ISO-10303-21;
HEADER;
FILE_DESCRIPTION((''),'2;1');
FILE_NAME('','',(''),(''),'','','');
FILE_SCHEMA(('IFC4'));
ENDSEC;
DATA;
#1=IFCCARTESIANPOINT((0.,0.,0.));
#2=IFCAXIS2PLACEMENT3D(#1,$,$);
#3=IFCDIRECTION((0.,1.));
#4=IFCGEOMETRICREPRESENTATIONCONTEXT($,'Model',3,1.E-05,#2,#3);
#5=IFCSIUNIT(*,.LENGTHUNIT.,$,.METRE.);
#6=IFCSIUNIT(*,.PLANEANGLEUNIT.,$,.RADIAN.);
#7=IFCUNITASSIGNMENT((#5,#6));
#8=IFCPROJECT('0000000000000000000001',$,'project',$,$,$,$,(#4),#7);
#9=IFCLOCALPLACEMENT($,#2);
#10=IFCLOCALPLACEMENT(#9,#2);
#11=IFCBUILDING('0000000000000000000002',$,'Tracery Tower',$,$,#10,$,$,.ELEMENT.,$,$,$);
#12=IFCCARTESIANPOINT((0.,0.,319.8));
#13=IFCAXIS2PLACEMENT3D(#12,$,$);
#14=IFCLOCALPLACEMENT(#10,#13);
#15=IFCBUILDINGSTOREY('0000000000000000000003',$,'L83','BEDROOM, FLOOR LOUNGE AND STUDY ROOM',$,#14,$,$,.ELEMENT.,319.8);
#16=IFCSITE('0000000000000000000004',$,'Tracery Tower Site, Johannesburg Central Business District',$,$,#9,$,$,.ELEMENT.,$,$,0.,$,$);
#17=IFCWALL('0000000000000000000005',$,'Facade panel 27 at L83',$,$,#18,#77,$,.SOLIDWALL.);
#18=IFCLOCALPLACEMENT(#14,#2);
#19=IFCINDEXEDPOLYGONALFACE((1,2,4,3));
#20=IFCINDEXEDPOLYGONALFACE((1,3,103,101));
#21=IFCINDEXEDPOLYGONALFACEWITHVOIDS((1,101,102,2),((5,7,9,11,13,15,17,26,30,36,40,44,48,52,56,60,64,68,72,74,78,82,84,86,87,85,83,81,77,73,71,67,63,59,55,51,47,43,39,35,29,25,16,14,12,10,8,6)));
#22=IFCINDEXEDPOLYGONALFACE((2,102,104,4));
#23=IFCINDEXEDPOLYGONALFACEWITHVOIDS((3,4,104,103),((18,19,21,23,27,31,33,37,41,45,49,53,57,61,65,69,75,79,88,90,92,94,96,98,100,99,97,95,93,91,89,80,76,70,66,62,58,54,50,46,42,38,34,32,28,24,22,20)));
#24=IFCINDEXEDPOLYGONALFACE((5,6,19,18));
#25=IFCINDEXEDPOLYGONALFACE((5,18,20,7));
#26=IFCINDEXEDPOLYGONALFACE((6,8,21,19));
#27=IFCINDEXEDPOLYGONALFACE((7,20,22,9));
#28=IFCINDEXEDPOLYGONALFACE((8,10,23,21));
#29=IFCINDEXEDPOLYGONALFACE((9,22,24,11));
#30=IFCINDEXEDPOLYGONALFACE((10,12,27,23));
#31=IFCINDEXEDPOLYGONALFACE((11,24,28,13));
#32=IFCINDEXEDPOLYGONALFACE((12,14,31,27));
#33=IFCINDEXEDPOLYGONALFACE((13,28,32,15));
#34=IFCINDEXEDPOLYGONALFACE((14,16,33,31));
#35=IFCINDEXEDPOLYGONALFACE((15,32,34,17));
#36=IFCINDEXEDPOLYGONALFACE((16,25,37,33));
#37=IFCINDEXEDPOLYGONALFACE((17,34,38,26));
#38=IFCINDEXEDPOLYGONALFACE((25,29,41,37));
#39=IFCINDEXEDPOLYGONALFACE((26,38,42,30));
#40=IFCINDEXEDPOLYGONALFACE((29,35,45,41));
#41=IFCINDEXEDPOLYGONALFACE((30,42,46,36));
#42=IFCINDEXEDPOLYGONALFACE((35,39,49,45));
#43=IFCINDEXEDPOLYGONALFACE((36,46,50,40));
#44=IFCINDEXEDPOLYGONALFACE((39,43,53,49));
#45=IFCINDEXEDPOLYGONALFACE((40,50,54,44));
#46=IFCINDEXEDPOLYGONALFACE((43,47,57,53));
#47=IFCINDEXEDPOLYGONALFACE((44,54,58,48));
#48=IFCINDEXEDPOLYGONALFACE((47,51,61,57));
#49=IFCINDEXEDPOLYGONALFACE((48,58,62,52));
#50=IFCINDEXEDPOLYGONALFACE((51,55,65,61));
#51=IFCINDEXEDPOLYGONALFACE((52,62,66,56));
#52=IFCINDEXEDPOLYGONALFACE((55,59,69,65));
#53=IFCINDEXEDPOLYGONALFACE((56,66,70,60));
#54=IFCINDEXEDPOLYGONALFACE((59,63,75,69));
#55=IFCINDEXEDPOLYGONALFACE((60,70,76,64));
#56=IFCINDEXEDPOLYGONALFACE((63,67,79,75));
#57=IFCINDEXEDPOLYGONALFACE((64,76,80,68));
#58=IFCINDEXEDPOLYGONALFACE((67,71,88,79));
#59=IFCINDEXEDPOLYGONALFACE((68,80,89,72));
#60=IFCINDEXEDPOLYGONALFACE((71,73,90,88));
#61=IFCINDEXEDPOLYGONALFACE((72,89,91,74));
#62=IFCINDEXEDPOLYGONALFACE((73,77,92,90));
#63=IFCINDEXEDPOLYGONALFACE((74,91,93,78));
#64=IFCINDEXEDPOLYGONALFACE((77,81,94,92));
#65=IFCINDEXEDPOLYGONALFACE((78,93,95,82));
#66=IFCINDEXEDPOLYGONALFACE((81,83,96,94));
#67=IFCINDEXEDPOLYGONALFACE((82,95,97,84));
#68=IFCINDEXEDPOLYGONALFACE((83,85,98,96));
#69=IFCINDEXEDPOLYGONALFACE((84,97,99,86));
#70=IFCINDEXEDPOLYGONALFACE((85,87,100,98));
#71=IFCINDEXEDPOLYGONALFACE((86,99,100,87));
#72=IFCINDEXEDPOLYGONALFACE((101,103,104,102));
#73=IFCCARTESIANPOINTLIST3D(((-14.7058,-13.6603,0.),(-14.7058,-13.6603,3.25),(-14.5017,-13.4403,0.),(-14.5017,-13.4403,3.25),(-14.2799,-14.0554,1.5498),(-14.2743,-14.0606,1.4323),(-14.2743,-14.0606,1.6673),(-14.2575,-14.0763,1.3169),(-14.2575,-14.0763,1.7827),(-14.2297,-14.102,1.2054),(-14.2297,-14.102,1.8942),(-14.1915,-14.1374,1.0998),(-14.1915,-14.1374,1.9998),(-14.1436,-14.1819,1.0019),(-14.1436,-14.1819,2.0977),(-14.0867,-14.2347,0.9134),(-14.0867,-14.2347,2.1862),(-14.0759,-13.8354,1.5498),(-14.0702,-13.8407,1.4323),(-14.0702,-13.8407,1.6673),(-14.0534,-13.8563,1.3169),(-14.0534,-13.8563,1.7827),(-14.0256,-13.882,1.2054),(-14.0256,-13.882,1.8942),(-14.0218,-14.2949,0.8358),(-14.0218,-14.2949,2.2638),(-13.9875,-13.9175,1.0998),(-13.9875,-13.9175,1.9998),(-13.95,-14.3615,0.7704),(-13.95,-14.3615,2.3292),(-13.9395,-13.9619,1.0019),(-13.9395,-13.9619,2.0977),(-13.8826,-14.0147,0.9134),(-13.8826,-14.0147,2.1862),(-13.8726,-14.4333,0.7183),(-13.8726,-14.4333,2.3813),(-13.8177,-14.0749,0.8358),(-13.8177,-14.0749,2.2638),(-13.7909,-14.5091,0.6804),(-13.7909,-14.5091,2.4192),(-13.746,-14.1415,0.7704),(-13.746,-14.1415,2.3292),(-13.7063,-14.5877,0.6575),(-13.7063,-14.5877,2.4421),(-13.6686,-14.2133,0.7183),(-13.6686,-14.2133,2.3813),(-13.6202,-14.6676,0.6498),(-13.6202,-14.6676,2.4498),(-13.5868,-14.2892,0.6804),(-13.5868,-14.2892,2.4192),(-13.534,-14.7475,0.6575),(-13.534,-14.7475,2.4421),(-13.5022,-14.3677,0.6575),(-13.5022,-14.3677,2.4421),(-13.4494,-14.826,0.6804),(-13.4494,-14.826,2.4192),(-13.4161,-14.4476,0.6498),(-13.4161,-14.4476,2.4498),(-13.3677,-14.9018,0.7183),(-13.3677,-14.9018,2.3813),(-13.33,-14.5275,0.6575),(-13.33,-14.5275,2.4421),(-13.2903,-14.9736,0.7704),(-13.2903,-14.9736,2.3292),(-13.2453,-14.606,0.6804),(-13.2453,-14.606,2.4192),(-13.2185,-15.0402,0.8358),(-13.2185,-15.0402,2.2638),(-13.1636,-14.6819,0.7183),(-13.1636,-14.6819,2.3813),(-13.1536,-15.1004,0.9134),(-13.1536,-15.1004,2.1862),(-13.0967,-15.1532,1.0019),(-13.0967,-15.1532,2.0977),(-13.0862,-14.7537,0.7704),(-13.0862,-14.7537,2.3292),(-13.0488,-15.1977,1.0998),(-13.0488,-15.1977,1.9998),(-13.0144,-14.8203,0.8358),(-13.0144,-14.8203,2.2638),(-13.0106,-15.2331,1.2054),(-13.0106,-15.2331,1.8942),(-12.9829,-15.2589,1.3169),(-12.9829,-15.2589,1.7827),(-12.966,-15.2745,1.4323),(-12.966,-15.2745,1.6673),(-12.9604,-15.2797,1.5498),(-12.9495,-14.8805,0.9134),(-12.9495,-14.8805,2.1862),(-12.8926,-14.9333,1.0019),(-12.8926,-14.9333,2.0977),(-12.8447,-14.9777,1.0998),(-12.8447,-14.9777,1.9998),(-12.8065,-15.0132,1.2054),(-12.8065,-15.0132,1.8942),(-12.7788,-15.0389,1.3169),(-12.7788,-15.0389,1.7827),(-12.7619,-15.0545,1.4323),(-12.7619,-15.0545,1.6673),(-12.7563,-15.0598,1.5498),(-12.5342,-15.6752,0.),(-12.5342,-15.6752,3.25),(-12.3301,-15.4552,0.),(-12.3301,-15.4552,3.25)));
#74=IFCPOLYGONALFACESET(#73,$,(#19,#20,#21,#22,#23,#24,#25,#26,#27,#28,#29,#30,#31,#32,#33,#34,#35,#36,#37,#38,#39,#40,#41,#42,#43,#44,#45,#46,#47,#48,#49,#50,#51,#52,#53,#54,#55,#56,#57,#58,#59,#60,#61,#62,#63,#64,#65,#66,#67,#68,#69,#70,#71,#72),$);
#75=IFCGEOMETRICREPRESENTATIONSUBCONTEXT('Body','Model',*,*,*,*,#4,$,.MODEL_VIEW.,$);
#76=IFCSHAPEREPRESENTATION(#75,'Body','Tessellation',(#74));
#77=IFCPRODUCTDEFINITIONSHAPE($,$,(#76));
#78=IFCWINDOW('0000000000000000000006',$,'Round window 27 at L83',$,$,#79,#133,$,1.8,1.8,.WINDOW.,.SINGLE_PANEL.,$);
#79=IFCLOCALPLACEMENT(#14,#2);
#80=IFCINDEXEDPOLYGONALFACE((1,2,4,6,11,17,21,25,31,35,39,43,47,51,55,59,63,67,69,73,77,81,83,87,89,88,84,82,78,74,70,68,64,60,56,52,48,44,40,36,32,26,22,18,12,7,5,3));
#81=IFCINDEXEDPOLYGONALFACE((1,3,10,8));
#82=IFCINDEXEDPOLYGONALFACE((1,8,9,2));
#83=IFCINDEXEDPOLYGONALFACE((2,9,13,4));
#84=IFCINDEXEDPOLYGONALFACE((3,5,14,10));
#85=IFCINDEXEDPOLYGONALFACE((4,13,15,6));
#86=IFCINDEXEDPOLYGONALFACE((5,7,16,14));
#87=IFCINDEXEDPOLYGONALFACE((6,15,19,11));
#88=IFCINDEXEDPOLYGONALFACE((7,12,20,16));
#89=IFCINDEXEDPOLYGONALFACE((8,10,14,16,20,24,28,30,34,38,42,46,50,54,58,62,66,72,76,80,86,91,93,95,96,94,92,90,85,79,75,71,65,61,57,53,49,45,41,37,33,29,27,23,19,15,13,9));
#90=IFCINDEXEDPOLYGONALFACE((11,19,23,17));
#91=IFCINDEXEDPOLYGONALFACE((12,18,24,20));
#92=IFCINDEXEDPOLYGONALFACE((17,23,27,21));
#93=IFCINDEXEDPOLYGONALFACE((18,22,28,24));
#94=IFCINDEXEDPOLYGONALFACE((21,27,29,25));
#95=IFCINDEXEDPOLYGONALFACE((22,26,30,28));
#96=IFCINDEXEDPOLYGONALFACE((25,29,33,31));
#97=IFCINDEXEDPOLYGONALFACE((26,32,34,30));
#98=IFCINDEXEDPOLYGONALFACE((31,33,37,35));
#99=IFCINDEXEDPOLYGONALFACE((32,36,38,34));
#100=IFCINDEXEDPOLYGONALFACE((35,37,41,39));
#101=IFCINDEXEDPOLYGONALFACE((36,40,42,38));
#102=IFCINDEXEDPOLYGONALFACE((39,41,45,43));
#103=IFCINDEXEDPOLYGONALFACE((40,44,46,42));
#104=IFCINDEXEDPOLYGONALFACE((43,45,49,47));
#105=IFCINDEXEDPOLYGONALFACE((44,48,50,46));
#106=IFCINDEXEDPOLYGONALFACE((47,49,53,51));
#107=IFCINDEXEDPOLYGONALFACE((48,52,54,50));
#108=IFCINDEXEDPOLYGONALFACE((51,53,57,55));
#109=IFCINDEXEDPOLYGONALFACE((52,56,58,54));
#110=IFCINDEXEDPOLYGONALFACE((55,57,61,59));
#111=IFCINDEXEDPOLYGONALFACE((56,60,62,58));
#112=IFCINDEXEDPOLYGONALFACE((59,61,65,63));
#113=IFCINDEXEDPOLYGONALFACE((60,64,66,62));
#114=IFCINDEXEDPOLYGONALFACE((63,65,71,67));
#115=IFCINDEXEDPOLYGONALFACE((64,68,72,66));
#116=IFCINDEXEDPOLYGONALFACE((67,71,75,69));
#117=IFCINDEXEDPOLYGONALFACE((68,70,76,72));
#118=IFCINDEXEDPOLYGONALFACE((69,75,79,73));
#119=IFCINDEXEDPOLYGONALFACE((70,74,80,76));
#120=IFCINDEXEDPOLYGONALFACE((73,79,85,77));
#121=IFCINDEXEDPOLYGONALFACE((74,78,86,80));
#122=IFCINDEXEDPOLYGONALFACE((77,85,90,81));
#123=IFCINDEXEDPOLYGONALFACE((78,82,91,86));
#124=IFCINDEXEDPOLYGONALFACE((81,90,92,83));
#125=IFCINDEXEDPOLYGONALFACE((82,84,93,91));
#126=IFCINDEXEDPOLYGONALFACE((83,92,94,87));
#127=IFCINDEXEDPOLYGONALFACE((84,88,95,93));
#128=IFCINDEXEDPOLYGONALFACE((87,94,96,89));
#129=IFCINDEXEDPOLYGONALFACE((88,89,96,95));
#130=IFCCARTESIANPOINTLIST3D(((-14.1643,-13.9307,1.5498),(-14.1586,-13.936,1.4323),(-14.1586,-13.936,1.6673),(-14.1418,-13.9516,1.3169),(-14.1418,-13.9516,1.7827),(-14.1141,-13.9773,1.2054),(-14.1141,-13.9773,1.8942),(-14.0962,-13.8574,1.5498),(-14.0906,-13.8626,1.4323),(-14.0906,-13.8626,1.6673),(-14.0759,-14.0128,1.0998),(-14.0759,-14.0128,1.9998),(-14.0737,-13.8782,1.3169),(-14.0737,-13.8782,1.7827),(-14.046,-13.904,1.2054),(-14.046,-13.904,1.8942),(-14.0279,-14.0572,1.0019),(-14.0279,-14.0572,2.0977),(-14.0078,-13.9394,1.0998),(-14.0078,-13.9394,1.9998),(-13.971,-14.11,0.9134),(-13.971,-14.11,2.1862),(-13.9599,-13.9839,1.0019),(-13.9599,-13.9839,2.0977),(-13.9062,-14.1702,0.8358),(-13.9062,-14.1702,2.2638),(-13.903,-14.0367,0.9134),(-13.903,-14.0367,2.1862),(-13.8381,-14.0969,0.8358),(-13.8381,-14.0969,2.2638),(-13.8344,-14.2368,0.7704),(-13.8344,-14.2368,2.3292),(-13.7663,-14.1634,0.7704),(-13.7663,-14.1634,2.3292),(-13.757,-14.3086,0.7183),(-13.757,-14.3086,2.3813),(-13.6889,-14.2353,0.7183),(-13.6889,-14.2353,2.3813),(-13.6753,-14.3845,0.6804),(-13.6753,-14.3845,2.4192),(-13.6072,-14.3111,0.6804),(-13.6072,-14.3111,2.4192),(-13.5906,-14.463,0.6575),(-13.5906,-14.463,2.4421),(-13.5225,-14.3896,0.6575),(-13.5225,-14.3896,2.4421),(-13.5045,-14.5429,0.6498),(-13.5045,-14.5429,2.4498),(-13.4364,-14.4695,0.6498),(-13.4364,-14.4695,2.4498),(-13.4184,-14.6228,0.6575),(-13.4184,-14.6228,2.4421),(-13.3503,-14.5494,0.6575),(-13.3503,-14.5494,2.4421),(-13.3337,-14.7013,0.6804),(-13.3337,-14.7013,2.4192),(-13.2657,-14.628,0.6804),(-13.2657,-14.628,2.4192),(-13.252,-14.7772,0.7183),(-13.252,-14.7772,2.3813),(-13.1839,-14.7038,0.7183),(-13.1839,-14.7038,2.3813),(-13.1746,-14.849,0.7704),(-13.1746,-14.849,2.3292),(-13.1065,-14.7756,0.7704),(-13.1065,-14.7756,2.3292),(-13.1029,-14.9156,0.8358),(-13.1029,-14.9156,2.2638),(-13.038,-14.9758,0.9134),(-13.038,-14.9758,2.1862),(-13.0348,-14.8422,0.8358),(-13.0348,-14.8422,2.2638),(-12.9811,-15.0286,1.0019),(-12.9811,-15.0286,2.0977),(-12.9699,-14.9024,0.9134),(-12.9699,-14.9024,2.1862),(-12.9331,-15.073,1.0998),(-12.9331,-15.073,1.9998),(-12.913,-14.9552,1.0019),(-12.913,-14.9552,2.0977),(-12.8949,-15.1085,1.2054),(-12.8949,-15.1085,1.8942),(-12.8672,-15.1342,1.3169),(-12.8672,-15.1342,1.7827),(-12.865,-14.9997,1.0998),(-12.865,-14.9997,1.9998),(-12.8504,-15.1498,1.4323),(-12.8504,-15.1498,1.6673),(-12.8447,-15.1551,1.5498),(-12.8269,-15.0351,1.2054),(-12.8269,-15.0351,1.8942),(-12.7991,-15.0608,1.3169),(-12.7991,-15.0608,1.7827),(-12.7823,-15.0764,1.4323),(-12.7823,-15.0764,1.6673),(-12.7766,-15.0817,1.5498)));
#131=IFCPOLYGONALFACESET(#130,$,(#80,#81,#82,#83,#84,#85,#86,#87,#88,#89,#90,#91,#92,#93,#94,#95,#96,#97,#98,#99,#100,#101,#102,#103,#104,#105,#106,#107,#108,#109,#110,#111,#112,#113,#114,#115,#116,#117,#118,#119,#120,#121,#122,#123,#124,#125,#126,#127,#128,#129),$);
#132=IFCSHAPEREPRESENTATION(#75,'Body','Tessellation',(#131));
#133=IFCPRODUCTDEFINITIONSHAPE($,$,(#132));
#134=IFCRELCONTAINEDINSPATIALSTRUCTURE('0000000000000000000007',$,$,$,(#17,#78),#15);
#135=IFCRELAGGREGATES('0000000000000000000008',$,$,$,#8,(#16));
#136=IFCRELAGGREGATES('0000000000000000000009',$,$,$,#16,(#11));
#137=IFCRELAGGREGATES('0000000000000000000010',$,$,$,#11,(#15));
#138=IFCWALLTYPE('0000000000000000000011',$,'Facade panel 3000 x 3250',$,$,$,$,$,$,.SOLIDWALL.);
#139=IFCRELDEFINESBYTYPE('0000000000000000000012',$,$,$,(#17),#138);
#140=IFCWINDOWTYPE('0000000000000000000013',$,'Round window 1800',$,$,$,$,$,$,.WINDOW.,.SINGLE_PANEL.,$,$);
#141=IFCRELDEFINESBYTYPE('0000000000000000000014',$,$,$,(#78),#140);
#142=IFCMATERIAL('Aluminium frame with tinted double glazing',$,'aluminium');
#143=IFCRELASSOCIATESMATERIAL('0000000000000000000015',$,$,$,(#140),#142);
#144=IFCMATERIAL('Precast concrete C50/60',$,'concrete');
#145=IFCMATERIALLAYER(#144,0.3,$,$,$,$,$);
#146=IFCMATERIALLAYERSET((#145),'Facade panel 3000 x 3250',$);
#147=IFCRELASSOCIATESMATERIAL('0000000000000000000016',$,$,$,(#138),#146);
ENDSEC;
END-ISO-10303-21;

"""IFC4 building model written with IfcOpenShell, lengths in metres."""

from ifc_helpers import new_model, si_unit, direction, frame, frame_2d, origin, origin_2d, place, context, subcontext, project, spatial, rectangle, circle, extrude, material, layer, layer_set, type_object, element, fill, save


model = new_model("IFC4")

# Units and contexts
model_context = context("Model", 3, precision=1e-05, world=origin(), true_north=direction((0.0, 1.0)))
body_context = subcontext(model_context, "Body", "Model", "MODEL_VIEW")
ifc_project = project(units=[si_unit("LENGTHUNIT", "METRE"), si_unit("PLANEANGLEUNIT", "RADIAN")], contexts=[model_context])

# Site, building, storey
site_placement = place(None, origin())
site = spatial("IfcSite", under=ifc_project, at=site_placement, Name="Tracery Tower Site, Johannesburg Central Business District", CompositionType="ELEMENT", RefElevation=0.0)
building_placement = place(site_placement, origin())
building = spatial("IfcBuilding", under=site, at=building_placement, Name="Tracery Tower", CompositionType="ELEMENT")
storey_placement = place(building_placement, frame((0.0, 0.0, 319.8)))
storey = spatial("IfcBuildingStorey", under=building, at=storey_placement, Name="L83", Description="BEDROOM, FLOOR LOUNGE AND STUDY ROOM", CompositionType="ELEMENT", Elevation=319.8)

# Wall, opening, window
ifc_material_1 = material(Name="Aluminium frame with tinted double glazing", Category="aluminium")
window_type = type_object("IfcWindowType", Name="Round window 1800", PartitioningType="SINGLE_PANEL", PredefinedType="WINDOW", material=ifc_material_1)
ifc_material_2 = material(Name="Precast concrete C50/60", Category="concrete")
ifc_layer_1 = layer(ifc_material_2, 0.3)
ifc_layer_set_1 = layer_set([ifc_layer_1], Name="Facade panel 3000 x 3250")
wall_type_1 = type_object("IfcWallType", Name="Facade panel 3000 x 3250", PredefinedType="SOLIDWALL", material=ifc_layer_set_1)
wall_1_placement = place(storey_placement, frame((-14.6038, -13.5503, 0.0), z_axis=(0.0, 0.0, 1.0), x_axis=(0.733066, -0.680157, 0.0)))
wall_1 = element("IfcWall", 1, at=wall_1_placement, inside=storey, type_object=wall_type_1, Name="Facade panel 27 at L83", PredefinedType="SOLIDWALL", context=body_context, shape_type="SweptSolid", body=[
    extrude(rectangle(XDim=2.9624, YDim=0.3, at=frame_2d((1.4812, 0.0))), origin(), (0.0, 0.0, 1.0), 3.25),
])
opening_1_placement = place(wall_1_placement, frame((1.481, 0.0, 1.5498)))
opening_1 = element("IfcOpeningElement", 2, at=opening_1_placement, cuts=wall_1, PredefinedType="OPENING", context=body_context, shape_type="SweptSolid", body=[
    extrude(circle(Radius=0.9, at=origin_2d()), frame((0.0, 0.1599, 0.0), z_axis=(0.0, -1.0, 0.0), x_axis=(1.0, 0.0, 0.0)), (0.0, 0.0, 1.0), 0.3201),
])
window_1_placement = place(opening_1_placement, origin())
window_1 = element("IfcWindow", 3, at=window_1_placement, inside=storey, type_object=window_type, Name="Round window 27 at L83", OverallHeight=1.8, OverallWidth=1.8, PartitioningType="SINGLE_PANEL", PredefinedType="WINDOW", context=body_context, shape_type="SweptSolid", body=[
    extrude(circle(Radius=0.9, at=origin_2d()), frame((0.0, 0.1201, 0.0), z_axis=(0.0, -1.0, 0.0), x_axis=(1.0, 0.0, 0.0)), (0.0, 0.0, 1.0), 0.1001),
])
fill(opening_1, window_1)

save(model, "model.ifc")
